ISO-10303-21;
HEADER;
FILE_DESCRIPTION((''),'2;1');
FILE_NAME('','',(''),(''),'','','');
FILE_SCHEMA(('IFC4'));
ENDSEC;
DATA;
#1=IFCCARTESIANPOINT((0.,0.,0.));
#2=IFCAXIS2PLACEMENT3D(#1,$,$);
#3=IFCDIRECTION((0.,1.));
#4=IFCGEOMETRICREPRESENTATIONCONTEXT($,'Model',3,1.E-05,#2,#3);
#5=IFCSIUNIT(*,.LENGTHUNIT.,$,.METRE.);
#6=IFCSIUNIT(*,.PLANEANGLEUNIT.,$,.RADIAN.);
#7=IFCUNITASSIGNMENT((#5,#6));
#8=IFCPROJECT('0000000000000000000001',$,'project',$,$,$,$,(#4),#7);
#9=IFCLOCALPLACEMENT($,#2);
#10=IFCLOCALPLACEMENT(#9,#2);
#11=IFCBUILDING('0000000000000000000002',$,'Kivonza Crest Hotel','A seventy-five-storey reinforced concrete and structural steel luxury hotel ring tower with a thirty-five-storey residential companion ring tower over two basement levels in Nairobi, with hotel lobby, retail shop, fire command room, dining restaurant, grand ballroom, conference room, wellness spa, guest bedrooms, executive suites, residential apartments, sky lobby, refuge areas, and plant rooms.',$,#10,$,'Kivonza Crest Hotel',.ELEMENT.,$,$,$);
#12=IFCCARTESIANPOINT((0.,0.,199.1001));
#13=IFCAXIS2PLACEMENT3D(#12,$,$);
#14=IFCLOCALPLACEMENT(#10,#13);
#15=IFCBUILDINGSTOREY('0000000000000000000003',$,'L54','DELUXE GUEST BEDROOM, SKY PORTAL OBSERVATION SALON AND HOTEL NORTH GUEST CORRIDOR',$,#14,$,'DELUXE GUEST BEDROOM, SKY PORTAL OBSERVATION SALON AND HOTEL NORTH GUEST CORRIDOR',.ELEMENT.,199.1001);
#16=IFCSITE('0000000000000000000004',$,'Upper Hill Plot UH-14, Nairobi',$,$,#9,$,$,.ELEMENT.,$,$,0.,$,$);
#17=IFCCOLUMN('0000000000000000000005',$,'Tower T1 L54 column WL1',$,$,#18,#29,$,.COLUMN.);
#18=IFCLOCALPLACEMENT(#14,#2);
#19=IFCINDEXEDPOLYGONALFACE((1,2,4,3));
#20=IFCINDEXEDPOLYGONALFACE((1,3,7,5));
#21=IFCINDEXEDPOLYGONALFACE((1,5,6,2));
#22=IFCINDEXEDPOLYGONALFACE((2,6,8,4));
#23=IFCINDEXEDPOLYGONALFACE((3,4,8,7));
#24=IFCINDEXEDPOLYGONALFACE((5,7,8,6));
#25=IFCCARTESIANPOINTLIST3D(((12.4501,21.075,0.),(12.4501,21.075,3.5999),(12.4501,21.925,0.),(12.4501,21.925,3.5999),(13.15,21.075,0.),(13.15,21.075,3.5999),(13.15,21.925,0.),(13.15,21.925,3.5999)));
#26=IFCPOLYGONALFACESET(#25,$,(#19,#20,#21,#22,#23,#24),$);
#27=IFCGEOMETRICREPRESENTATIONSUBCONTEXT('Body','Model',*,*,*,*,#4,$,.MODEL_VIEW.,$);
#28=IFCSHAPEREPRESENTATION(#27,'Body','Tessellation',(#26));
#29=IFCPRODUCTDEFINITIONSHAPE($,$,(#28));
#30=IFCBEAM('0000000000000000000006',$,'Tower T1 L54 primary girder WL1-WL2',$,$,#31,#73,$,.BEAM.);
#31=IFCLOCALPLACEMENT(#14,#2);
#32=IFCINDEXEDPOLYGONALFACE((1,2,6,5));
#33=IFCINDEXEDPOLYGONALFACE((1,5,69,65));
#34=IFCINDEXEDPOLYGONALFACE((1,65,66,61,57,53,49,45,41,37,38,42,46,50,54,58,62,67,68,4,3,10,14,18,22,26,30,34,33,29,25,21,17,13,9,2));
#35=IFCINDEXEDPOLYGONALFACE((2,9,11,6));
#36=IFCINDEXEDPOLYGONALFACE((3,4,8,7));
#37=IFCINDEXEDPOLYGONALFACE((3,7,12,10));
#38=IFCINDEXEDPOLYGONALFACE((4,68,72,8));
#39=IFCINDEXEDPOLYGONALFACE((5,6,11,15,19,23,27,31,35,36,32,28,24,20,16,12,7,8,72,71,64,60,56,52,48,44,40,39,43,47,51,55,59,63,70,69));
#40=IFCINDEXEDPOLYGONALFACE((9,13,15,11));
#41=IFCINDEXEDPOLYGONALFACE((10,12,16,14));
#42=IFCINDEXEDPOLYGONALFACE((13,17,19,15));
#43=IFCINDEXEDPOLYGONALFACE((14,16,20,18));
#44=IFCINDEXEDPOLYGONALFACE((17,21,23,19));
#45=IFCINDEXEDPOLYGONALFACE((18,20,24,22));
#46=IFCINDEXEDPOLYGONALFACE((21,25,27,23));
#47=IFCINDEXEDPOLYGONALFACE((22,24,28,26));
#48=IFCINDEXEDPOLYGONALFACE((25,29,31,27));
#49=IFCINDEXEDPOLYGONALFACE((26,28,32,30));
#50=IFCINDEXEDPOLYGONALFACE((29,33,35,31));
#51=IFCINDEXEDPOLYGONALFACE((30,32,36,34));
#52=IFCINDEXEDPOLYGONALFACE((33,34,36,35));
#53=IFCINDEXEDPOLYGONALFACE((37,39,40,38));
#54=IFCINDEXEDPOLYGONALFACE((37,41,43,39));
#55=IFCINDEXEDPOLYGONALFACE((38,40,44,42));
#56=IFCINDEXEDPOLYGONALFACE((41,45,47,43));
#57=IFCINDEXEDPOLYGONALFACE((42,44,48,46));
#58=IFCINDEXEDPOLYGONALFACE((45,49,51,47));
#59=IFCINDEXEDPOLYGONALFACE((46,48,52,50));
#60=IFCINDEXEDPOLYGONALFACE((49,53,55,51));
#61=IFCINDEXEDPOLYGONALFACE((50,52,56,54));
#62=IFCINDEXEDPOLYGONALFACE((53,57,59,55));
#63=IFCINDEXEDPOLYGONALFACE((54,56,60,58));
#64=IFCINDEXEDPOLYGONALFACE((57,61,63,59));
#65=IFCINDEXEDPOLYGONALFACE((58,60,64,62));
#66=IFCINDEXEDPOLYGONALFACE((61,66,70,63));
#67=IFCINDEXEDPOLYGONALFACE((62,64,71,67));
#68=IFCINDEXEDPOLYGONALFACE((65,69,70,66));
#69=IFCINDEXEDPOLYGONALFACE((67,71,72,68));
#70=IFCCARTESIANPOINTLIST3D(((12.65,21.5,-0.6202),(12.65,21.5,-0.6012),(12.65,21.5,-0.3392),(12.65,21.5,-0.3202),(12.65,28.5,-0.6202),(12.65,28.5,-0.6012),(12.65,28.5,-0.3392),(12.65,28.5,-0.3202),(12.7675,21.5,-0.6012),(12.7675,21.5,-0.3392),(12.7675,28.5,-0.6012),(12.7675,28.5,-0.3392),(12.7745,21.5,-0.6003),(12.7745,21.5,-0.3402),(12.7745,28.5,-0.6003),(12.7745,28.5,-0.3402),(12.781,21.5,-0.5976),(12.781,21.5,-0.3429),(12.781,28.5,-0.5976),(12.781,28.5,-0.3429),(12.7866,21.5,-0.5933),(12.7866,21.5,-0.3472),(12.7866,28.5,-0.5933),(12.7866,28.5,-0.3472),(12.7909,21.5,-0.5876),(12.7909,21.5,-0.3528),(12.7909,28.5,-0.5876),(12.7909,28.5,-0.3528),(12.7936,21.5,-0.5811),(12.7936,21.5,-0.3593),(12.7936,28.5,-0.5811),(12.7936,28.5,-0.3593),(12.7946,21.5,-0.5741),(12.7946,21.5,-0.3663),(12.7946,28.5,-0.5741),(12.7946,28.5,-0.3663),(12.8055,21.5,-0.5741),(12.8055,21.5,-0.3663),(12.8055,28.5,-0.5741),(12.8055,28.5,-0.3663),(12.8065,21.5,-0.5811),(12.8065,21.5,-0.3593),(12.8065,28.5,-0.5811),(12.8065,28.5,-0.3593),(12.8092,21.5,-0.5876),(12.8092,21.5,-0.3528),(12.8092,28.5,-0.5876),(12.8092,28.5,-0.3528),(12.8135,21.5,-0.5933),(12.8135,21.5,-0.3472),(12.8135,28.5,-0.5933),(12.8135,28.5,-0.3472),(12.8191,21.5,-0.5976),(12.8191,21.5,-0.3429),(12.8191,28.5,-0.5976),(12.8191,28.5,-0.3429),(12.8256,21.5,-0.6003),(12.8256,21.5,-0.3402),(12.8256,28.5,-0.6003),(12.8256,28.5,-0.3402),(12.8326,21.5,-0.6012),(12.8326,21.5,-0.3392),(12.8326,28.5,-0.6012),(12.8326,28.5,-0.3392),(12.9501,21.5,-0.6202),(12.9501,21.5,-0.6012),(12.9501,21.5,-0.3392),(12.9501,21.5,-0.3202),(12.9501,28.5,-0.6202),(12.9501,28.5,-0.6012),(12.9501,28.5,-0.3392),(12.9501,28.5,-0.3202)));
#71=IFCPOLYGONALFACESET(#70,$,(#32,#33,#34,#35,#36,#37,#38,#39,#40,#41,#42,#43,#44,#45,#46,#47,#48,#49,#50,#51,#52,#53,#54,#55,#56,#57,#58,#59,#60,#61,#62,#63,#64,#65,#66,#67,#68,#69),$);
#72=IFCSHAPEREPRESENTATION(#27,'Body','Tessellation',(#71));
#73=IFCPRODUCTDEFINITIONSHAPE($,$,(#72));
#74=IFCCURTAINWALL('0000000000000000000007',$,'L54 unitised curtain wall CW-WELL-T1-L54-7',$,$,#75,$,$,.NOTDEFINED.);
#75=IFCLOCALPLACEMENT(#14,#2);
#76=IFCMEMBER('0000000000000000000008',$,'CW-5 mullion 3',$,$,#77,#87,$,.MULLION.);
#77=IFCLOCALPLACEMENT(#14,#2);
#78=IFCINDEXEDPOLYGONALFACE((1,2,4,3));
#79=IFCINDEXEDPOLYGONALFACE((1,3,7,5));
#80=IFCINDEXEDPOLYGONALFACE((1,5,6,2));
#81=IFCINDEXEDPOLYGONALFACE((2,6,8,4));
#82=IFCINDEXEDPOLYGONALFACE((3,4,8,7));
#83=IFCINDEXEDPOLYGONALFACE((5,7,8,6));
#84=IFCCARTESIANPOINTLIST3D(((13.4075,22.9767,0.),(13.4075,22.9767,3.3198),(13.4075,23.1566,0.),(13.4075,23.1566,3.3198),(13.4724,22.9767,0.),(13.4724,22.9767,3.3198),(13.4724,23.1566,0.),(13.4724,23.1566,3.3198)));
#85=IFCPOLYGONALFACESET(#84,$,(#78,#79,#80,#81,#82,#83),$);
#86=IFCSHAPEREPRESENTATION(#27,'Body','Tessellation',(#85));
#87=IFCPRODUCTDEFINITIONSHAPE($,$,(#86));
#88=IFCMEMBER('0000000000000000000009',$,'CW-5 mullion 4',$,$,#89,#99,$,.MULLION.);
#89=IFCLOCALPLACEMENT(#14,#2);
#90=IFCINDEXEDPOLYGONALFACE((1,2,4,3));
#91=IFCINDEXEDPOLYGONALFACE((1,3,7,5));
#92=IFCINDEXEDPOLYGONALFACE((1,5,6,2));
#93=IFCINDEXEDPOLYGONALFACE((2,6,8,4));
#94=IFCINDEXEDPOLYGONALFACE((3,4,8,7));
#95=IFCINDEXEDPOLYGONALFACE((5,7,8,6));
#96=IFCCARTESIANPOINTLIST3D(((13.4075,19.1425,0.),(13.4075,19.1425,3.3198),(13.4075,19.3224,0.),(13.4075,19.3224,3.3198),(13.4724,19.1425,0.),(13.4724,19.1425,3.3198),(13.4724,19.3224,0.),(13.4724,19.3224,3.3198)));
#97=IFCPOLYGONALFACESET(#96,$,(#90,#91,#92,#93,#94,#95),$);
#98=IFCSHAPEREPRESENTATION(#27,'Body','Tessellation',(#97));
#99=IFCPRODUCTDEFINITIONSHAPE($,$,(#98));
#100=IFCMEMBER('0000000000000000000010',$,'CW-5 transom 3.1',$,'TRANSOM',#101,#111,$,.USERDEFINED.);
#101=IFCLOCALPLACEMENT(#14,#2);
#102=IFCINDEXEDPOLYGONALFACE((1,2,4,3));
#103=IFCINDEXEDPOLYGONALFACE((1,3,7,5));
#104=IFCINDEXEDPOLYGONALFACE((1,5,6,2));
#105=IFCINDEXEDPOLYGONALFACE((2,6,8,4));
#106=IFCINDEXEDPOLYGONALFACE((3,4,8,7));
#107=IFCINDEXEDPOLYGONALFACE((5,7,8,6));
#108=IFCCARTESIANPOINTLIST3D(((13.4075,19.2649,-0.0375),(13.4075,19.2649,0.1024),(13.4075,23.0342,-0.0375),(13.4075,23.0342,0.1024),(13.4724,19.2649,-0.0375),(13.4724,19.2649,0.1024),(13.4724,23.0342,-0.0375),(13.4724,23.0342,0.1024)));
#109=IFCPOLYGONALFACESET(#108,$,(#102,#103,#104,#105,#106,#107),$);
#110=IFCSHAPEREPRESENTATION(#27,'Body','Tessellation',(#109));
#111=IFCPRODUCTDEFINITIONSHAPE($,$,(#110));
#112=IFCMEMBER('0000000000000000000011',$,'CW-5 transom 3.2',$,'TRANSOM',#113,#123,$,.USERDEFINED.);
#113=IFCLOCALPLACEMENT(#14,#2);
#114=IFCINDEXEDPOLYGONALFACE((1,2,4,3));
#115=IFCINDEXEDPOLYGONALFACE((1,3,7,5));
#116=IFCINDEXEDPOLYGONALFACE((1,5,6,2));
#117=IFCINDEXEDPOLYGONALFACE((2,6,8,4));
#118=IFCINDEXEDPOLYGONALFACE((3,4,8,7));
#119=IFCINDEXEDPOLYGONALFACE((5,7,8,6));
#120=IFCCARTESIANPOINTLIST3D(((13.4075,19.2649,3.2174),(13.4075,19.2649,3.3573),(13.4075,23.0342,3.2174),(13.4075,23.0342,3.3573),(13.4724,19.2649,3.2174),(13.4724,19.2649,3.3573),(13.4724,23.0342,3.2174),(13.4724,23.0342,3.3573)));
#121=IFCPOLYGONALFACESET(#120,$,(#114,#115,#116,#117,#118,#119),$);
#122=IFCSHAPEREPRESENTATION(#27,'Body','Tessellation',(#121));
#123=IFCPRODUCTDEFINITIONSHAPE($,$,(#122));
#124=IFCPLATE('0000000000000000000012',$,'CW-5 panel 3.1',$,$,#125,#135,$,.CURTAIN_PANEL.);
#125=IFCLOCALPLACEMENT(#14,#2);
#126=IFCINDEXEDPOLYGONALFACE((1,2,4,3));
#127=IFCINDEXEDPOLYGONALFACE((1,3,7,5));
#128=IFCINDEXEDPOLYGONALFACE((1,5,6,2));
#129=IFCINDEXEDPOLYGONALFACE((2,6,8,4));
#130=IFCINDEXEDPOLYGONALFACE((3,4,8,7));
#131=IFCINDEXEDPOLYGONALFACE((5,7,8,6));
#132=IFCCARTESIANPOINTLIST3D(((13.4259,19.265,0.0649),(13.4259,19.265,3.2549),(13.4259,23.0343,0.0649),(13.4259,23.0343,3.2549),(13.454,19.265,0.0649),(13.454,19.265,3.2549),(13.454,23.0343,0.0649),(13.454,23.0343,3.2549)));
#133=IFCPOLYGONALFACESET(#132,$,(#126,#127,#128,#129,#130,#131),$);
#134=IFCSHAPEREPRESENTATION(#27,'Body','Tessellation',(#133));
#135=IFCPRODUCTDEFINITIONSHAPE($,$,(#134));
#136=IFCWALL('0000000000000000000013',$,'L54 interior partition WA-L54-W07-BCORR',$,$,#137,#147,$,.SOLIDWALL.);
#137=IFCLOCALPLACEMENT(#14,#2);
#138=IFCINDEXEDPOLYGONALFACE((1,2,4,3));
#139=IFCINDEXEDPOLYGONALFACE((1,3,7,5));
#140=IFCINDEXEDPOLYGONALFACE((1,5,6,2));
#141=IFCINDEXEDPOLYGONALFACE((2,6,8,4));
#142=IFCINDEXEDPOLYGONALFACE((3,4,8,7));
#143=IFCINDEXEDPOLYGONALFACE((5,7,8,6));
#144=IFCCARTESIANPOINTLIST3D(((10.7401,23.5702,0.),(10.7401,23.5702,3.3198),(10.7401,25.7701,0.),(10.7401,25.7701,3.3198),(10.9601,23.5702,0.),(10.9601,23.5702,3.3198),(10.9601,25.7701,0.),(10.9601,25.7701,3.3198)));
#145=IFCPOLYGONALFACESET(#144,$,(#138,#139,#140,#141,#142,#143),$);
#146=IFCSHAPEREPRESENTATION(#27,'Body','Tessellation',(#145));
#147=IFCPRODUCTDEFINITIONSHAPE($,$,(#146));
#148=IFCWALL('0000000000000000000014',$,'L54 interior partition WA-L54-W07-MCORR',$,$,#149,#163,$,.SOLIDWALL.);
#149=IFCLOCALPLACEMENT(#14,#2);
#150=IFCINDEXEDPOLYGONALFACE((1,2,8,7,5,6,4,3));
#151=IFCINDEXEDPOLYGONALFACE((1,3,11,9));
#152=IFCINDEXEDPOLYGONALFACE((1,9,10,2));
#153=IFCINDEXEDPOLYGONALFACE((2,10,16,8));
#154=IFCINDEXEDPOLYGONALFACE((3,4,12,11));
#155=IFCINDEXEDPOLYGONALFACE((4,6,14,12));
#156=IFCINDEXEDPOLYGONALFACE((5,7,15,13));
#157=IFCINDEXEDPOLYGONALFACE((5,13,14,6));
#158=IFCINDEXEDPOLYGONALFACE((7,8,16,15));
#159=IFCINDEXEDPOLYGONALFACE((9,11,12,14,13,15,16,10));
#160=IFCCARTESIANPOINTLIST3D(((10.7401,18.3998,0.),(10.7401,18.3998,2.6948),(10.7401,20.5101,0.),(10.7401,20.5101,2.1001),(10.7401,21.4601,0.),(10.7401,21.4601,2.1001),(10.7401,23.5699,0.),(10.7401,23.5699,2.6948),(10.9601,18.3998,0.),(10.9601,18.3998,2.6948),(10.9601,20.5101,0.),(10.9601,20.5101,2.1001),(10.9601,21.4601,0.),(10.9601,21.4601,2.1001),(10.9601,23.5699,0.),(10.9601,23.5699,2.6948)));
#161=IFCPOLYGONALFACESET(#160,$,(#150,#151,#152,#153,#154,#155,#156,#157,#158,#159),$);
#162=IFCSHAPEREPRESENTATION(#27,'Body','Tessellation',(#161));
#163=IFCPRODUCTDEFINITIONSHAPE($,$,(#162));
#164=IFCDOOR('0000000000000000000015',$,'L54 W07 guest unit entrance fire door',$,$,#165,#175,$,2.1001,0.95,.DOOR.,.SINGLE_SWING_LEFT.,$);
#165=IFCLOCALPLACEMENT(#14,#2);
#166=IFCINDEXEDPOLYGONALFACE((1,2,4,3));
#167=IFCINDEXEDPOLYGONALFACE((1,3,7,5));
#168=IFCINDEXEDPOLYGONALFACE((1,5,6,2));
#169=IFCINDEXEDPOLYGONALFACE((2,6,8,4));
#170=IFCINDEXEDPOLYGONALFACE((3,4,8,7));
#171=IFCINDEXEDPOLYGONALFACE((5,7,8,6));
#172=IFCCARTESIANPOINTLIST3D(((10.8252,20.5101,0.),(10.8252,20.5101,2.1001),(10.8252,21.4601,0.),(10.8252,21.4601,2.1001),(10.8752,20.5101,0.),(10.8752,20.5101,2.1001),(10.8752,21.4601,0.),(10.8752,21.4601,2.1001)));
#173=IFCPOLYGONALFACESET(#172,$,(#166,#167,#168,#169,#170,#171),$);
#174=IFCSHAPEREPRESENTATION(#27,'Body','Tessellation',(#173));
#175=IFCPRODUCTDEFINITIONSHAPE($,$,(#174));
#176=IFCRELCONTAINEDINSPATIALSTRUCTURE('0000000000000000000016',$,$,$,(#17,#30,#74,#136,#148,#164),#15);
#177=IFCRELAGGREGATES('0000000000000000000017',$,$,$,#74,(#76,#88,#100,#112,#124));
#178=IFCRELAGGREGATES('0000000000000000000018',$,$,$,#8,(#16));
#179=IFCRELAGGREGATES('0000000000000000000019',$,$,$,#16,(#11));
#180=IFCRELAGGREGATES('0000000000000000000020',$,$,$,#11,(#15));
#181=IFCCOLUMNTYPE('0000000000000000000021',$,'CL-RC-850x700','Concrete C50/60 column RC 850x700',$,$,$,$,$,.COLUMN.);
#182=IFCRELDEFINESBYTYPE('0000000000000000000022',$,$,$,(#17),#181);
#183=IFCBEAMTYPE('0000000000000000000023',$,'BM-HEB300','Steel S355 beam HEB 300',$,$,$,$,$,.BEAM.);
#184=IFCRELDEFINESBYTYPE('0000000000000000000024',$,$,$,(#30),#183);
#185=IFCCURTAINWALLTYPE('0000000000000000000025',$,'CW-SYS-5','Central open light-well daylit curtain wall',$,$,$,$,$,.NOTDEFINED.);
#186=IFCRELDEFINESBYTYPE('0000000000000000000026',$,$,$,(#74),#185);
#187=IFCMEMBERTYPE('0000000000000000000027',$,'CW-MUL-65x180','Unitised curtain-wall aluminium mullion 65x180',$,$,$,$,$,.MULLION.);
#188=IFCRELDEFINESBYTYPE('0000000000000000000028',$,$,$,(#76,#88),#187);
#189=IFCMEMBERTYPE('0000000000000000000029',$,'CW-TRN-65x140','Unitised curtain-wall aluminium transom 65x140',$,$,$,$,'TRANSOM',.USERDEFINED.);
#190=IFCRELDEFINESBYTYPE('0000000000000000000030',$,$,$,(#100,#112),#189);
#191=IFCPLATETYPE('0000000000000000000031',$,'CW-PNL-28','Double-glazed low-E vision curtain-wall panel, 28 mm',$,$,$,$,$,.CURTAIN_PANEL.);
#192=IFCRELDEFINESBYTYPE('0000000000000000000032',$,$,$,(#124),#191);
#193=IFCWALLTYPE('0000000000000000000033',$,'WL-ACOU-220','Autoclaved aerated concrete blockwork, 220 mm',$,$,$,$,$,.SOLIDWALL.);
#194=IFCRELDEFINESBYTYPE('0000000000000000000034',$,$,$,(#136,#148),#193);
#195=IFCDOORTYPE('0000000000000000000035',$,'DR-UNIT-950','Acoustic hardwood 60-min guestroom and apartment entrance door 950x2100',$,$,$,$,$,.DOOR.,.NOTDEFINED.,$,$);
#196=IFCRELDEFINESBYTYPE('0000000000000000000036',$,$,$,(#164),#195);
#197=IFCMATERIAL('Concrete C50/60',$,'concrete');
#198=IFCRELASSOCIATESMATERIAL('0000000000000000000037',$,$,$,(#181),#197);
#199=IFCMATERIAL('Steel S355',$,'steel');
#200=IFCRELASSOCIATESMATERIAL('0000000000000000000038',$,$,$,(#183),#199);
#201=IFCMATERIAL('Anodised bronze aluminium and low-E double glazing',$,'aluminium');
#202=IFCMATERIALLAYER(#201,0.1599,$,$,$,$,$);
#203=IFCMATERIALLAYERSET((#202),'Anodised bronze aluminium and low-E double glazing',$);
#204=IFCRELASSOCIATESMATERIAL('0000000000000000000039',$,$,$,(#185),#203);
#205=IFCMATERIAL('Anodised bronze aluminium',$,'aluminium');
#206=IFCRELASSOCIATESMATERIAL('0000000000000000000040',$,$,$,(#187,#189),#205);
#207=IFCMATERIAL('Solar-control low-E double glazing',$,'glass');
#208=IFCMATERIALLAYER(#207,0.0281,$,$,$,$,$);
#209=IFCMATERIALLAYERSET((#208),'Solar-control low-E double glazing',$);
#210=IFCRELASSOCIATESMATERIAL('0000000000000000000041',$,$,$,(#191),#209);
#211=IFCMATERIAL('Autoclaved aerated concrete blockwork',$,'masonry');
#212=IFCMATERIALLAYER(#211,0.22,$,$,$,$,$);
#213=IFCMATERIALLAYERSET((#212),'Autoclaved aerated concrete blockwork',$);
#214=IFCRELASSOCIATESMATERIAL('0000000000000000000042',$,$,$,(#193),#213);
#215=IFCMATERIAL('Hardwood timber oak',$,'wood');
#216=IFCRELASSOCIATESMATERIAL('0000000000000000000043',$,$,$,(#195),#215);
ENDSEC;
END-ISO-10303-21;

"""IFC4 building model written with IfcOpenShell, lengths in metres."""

from ifc_helpers import new_model, si_unit, direction, frame, frame_2d, origin, origin_2d, place, context, subcontext, project, spatial, rectangle, i_section, extrude, material, layer, layer_set, material_profile, profile_set, type_object, element, fill, aggregate, save


model = new_model("IFC4")

# Units and contexts
model_context = context("Model", 3, precision=1e-05, world=origin(), true_north=direction((0.0, 1.0)))
body_context = subcontext(model_context, "Body", "Model", "MODEL_VIEW")
ifc_project = project(units=[si_unit("LENGTHUNIT", "METRE"), si_unit("PLANEANGLEUNIT", "RADIAN")], contexts=[model_context])

# Site, building, storey
site_placement = place(None, origin())
site = spatial("IfcSite", under=ifc_project, at=site_placement, Name="Upper Hill Plot UH-14, Nairobi", CompositionType="ELEMENT", RefElevation=0.0)
building_placement = place(site_placement, origin())
building = spatial("IfcBuilding", under=site, at=building_placement, Name="Kivonza Crest Hotel", Description="A seventy-five-storey reinforced concrete and structural steel luxury hotel ring tower with a thirty-five-storey residential companion ring tower over two basement levels in Nairobi, with hotel lobby, retail shop, fire command room, dining restaurant, grand ballroom, conference room, wellness spa, guest bedrooms, executive suites, residential apartments, sky lobby, refuge areas, and plant rooms.", LongName="Kivonza Crest Hotel", CompositionType="ELEMENT")
storey_placement = place(building_placement, frame((0.0, 0.0, 199.1001)))
storey = spatial("IfcBuildingStorey", under=building, at=storey_placement, Name="L54", Description="DELUXE GUEST BEDROOM, SKY PORTAL OBSERVATION SALON AND HOTEL NORTH GUEST CORRIDOR", LongName="DELUXE GUEST BEDROOM, SKY PORTAL OBSERVATION SALON AND HOTEL NORTH GUEST CORRIDOR", CompositionType="ELEMENT", Elevation=199.1001)

# Column
ifc_material_1 = material(Name="Concrete C50/60", Category="concrete")
ifc_material_profile_1 = material_profile(ifc_material_1, rectangle(XDim=0.7, YDim=0.8501, at=origin_2d()), Name="RC 850x700")
ifc_profile_set_1 = profile_set([ifc_material_profile_1], Name="Concrete C50/60")
column_type = type_object("IfcColumnType", Name="CL-RC-850x700", Description="Concrete C50/60 column RC 850x700", PredefinedType="COLUMN", material=ifc_profile_set_1)
column_placement = place(storey_placement, frame((12.8, 21.5, 0.0), z_axis=(0.0, 0.0, 1.0), x_axis=(1.0, 0.0, 0.0)))
element("IfcColumn", 1, at=column_placement, inside=storey, type_object=column_type, Name="Tower T1 L54 column WL1", PredefinedType="COLUMN", context=body_context, shape_type="SweptSolid", body=[
    extrude(rectangle(XDim=0.7, YDim=0.8501, at=origin_2d()), origin(), (0.0, 0.0, 1.0), 3.5999),
])

# Beam
ifc_material_2 = material(Name="Steel S355", Category="steel")
ifc_material_profile_2 = material_profile(ifc_material_2, i_section(OverallWidth=0.3, OverallDepth=0.3, WebThickness=0.011, FlangeThickness=0.019, FilletRadius=0.0271, at=origin_2d()), Name="HEB 300")
ifc_profile_set_2 = profile_set([ifc_material_profile_2], Name="Steel S355")
beam_type = type_object("IfcBeamType", Name="BM-HEB300", Description="Steel S355 beam HEB 300", PredefinedType="BEAM", material=ifc_profile_set_2)
beam_placement = place(storey_placement, frame((12.8, 21.5, -0.4702), z_axis=(0.0, 1.0, 0.0), x_axis=(-1.0, 0.0, 0.0)))
element("IfcBeam", 2, at=beam_placement, inside=storey, type_object=beam_type, Name="Tower T1 L54 primary girder WL1-WL2", PredefinedType="BEAM", context=body_context, shape_type="SweptSolid", body=[
    extrude(i_section(OverallWidth=0.3, OverallDepth=0.3, WebThickness=0.011, FlangeThickness=0.019, FilletRadius=0.0271, at=origin_2d()), origin(), (0.0, 0.0, 1.0), 7.0),
])

# Curtain wall, members, plate
ifc_material_3 = material(Name="Anodised bronze aluminium and low-E double glazing", Category="aluminium")
ifc_layer_1 = layer(ifc_material_3, 0.1599)
ifc_layer_set_1 = layer_set([ifc_layer_1], Name="Anodised bronze aluminium and low-E double glazing")
curtain_wall_type = type_object("IfcCurtainWallType", Name="CW-SYS-5", Description="Central open light-well daylit curtain wall", PredefinedType="NOTDEFINED", material=ifc_layer_set_1)
curtain_wall_placement = place(storey_placement, origin())
curtain_wall = element("IfcCurtainWall", 3, at=curtain_wall_placement, inside=storey, type_object=curtain_wall_type, Name="L54 unitised curtain wall CW-WELL-T1-L54-7", PredefinedType="NOTDEFINED")
ifc_material_4 = material(Name="Anodised bronze aluminium", Category="aluminium")
ifc_material_profile_3 = material_profile(ifc_material_4, rectangle(XDim=0.0649, YDim=0.1799, at=origin_2d()), Name="CW-M 65x180")
ifc_profile_set_3 = profile_set([ifc_material_profile_3], Name="Anodised bronze aluminium")
member_type_1 = type_object("IfcMemberType", Name="CW-MUL-65x180", Description="Unitised curtain-wall aluminium mullion 65x180", PredefinedType="MULLION", material=ifc_profile_set_3)
member_1_placement = place(storey_placement, frame((13.4399, 23.0667, 0.0), z_axis=(0.0, 0.0, 1.0), x_axis=(1.0, 0.0, 0.0)))
member_1 = element("IfcMember", 4, at=member_1_placement, type_object=member_type_1, Name="CW-5 mullion 3", PredefinedType="MULLION", context=body_context, shape_type="SweptSolid", body=[
    extrude(rectangle(XDim=0.0649, YDim=0.1799, at=origin_2d()), origin(), (0.0, 0.0, 1.0), 3.3198),
])
member_2_placement = place(storey_placement, frame((13.4399, 19.2324, 0.0), z_axis=(0.0, 0.0, 1.0), x_axis=(1.0, 0.0, 0.0)))
member_2 = element("IfcMember", 5, at=member_2_placement, type_object=member_type_1, Name="CW-5 mullion 4", PredefinedType="MULLION", context=body_context, shape_type="SweptSolid", body=[
    extrude(rectangle(XDim=0.0649, YDim=0.1799, at=origin_2d()), origin(), (0.0, 0.0, 1.0), 3.3198),
])
ifc_material_profile_4 = material_profile(ifc_material_4, rectangle(XDim=0.0649, YDim=0.1399, at=origin_2d()), Name="CW-T 65x140")
ifc_profile_set_4 = profile_set([ifc_material_profile_4], Name="Anodised bronze aluminium")
member_type_2 = type_object("IfcMemberType", Name="CW-TRN-65x140", Description="Unitised curtain-wall aluminium transom 65x140", ElementType="TRANSOM", PredefinedType="USERDEFINED", material=ifc_profile_set_4)
member_3_placement = place(storey_placement, frame((13.4399, 23.0342, 0.0325), z_axis=(0.0, -1.0, 0.0), x_axis=(1.0, 0.0, 0.0)))
member_3 = element("IfcMember", 6, at=member_3_placement, type_object=member_type_2, Name="CW-5 transom 3.1", ObjectType="TRANSOM", PredefinedType="USERDEFINED", context=body_context, shape_type="SweptSolid", body=[
    extrude(rectangle(XDim=0.0649, YDim=0.1399, at=origin_2d()), origin(), (0.0, 0.0, 1.0), 3.7693),
])
member_4_placement = place(storey_placement, frame((13.4399, 23.0342, 3.2874), z_axis=(0.0, -1.0, 0.0), x_axis=(1.0, 0.0, 0.0)))
member_4 = element("IfcMember", 7, at=member_4_placement, type_object=member_type_2, Name="CW-5 transom 3.2", ObjectType="TRANSOM", PredefinedType="USERDEFINED", context=body_context, shape_type="SweptSolid", body=[
    extrude(rectangle(XDim=0.0649, YDim=0.1399, at=origin_2d()), origin(), (0.0, 0.0, 1.0), 3.7693),
])
ifc_material_5 = material(Name="Solar-control low-E double glazing", Category="glass")
ifc_layer_2 = layer(ifc_material_5, 0.0281)
ifc_layer_set_2 = layer_set([ifc_layer_2], Name="Solar-control low-E double glazing")
plate_type = type_object("IfcPlateType", Name="CW-PNL-28", Description="Double-glazed low-E vision curtain-wall panel, 28 mm", PredefinedType="CURTAIN_PANEL", material=ifc_layer_set_2)
plate_placement = place(storey_placement, frame((13.4399, 21.1497, 0.0649), z_axis=(0.0, 0.0, 1.0), x_axis=(0.0, -1.0, 0.0)))
plate = element("IfcPlate", 8, at=plate_placement, type_object=plate_type, Name="CW-5 panel 3.1", PredefinedType="CURTAIN_PANEL", context=body_context, shape_type="SweptSolid", body=[
    extrude(rectangle(XDim=3.7693, YDim=0.0281, at=origin_2d()), origin(), (0.0, 0.0, 1.0), 3.1899),
])
aggregate(curtain_wall, [member_1, member_2, member_3, member_4, plate])

# Wall
ifc_material_6 = material(Name="Autoclaved aerated concrete blockwork", Category="masonry")
ifc_layer_3 = layer(ifc_material_6, 0.22)
ifc_layer_set_3 = layer_set([ifc_layer_3], Name="Autoclaved aerated concrete blockwork")
wall_type_1 = type_object("IfcWallType", Name="WL-ACOU-220", Description="Autoclaved aerated concrete blockwork, 220 mm", PredefinedType="SOLIDWALL", material=ifc_layer_set_3)
wall_1_placement = place(storey_placement, frame((10.8501, 23.5701, 0.0), z_axis=(0.0, 0.0, 1.0), x_axis=(0.0, 1.0, 0.0)))
element("IfcWall", 9, at=wall_1_placement, inside=storey, type_object=wall_type_1, Name="L54 interior partition WA-L54-W07-BCORR", PredefinedType="SOLIDWALL", context=body_context, shape_type="SweptSolid", body=[
    extrude(rectangle(XDim=2.2, YDim=0.22, at=frame_2d((1.1001, 0.0))), origin(), (0.0, 0.0, 1.0), 3.3198),
])

# Wall, opening, door
wall_2_placement = place(storey_placement, frame((10.8501, 18.3999, 0.0), z_axis=(0.0, 0.0, 1.0), x_axis=(0.0, 1.0, 0.0)))
wall_2 = element("IfcWall", 10, at=wall_2_placement, inside=storey, type_object=wall_type_1, Name="L54 interior partition WA-L54-W07-MCORR", PredefinedType="SOLIDWALL", context=body_context, shape_type="SweptSolid", body=[
    extrude(rectangle(XDim=5.1702, YDim=0.22, at=frame_2d((2.585, 0.0))), origin(), (0.0, 0.0, 1.0), 2.6948),
])
opening_1_placement = place(wall_2_placement, frame((2.1101, 0.0, 0.0)))
opening_1 = element("IfcOpeningElement", 11, at=opening_1_placement, cuts=wall_2, PredefinedType="OPENING", context=body_context, shape_type="SweptSolid", body=[
    extrude(rectangle(XDim=0.95, YDim=2.1001, at=frame_2d((0.4751, 1.05))), frame((0.0, 0.1201, 0.0), z_axis=(0.0, -1.0, 0.0), x_axis=(1.0, 0.0, 0.0)), (0.0, 0.0, 1.0), 0.24),
])
ifc_material_7 = material(Name="Hardwood timber oak", Category="wood")
door_type_1 = type_object("IfcDoorType", Name="DR-UNIT-950", Description="Acoustic hardwood 60-min guestroom and apartment entrance door 950x2100", OperationType="NOTDEFINED", PredefinedType="DOOR", material=ifc_material_7)
door_1_placement = place(opening_1_placement, origin())
door_1 = element("IfcDoor", 12, at=door_1_placement, inside=storey, type_object=door_type_1, Name="L54 W07 guest unit entrance fire door", OperationType="SINGLE_SWING_LEFT", OverallHeight=2.1001, OverallWidth=0.95, PredefinedType="DOOR", context=body_context, shape_type="SweptSolid", body=[
    extrude(rectangle(XDim=0.95, YDim=2.1001, at=frame_2d((0.4751, 1.05))), frame((0.0, 0.0249, 0.0), z_axis=(0.0, -1.0, 0.0), x_axis=(1.0, 0.0, 0.0)), (0.0, 0.0, 1.0), 0.05),
])
fill(opening_1, door_1)

save(model, "model.ifc")
